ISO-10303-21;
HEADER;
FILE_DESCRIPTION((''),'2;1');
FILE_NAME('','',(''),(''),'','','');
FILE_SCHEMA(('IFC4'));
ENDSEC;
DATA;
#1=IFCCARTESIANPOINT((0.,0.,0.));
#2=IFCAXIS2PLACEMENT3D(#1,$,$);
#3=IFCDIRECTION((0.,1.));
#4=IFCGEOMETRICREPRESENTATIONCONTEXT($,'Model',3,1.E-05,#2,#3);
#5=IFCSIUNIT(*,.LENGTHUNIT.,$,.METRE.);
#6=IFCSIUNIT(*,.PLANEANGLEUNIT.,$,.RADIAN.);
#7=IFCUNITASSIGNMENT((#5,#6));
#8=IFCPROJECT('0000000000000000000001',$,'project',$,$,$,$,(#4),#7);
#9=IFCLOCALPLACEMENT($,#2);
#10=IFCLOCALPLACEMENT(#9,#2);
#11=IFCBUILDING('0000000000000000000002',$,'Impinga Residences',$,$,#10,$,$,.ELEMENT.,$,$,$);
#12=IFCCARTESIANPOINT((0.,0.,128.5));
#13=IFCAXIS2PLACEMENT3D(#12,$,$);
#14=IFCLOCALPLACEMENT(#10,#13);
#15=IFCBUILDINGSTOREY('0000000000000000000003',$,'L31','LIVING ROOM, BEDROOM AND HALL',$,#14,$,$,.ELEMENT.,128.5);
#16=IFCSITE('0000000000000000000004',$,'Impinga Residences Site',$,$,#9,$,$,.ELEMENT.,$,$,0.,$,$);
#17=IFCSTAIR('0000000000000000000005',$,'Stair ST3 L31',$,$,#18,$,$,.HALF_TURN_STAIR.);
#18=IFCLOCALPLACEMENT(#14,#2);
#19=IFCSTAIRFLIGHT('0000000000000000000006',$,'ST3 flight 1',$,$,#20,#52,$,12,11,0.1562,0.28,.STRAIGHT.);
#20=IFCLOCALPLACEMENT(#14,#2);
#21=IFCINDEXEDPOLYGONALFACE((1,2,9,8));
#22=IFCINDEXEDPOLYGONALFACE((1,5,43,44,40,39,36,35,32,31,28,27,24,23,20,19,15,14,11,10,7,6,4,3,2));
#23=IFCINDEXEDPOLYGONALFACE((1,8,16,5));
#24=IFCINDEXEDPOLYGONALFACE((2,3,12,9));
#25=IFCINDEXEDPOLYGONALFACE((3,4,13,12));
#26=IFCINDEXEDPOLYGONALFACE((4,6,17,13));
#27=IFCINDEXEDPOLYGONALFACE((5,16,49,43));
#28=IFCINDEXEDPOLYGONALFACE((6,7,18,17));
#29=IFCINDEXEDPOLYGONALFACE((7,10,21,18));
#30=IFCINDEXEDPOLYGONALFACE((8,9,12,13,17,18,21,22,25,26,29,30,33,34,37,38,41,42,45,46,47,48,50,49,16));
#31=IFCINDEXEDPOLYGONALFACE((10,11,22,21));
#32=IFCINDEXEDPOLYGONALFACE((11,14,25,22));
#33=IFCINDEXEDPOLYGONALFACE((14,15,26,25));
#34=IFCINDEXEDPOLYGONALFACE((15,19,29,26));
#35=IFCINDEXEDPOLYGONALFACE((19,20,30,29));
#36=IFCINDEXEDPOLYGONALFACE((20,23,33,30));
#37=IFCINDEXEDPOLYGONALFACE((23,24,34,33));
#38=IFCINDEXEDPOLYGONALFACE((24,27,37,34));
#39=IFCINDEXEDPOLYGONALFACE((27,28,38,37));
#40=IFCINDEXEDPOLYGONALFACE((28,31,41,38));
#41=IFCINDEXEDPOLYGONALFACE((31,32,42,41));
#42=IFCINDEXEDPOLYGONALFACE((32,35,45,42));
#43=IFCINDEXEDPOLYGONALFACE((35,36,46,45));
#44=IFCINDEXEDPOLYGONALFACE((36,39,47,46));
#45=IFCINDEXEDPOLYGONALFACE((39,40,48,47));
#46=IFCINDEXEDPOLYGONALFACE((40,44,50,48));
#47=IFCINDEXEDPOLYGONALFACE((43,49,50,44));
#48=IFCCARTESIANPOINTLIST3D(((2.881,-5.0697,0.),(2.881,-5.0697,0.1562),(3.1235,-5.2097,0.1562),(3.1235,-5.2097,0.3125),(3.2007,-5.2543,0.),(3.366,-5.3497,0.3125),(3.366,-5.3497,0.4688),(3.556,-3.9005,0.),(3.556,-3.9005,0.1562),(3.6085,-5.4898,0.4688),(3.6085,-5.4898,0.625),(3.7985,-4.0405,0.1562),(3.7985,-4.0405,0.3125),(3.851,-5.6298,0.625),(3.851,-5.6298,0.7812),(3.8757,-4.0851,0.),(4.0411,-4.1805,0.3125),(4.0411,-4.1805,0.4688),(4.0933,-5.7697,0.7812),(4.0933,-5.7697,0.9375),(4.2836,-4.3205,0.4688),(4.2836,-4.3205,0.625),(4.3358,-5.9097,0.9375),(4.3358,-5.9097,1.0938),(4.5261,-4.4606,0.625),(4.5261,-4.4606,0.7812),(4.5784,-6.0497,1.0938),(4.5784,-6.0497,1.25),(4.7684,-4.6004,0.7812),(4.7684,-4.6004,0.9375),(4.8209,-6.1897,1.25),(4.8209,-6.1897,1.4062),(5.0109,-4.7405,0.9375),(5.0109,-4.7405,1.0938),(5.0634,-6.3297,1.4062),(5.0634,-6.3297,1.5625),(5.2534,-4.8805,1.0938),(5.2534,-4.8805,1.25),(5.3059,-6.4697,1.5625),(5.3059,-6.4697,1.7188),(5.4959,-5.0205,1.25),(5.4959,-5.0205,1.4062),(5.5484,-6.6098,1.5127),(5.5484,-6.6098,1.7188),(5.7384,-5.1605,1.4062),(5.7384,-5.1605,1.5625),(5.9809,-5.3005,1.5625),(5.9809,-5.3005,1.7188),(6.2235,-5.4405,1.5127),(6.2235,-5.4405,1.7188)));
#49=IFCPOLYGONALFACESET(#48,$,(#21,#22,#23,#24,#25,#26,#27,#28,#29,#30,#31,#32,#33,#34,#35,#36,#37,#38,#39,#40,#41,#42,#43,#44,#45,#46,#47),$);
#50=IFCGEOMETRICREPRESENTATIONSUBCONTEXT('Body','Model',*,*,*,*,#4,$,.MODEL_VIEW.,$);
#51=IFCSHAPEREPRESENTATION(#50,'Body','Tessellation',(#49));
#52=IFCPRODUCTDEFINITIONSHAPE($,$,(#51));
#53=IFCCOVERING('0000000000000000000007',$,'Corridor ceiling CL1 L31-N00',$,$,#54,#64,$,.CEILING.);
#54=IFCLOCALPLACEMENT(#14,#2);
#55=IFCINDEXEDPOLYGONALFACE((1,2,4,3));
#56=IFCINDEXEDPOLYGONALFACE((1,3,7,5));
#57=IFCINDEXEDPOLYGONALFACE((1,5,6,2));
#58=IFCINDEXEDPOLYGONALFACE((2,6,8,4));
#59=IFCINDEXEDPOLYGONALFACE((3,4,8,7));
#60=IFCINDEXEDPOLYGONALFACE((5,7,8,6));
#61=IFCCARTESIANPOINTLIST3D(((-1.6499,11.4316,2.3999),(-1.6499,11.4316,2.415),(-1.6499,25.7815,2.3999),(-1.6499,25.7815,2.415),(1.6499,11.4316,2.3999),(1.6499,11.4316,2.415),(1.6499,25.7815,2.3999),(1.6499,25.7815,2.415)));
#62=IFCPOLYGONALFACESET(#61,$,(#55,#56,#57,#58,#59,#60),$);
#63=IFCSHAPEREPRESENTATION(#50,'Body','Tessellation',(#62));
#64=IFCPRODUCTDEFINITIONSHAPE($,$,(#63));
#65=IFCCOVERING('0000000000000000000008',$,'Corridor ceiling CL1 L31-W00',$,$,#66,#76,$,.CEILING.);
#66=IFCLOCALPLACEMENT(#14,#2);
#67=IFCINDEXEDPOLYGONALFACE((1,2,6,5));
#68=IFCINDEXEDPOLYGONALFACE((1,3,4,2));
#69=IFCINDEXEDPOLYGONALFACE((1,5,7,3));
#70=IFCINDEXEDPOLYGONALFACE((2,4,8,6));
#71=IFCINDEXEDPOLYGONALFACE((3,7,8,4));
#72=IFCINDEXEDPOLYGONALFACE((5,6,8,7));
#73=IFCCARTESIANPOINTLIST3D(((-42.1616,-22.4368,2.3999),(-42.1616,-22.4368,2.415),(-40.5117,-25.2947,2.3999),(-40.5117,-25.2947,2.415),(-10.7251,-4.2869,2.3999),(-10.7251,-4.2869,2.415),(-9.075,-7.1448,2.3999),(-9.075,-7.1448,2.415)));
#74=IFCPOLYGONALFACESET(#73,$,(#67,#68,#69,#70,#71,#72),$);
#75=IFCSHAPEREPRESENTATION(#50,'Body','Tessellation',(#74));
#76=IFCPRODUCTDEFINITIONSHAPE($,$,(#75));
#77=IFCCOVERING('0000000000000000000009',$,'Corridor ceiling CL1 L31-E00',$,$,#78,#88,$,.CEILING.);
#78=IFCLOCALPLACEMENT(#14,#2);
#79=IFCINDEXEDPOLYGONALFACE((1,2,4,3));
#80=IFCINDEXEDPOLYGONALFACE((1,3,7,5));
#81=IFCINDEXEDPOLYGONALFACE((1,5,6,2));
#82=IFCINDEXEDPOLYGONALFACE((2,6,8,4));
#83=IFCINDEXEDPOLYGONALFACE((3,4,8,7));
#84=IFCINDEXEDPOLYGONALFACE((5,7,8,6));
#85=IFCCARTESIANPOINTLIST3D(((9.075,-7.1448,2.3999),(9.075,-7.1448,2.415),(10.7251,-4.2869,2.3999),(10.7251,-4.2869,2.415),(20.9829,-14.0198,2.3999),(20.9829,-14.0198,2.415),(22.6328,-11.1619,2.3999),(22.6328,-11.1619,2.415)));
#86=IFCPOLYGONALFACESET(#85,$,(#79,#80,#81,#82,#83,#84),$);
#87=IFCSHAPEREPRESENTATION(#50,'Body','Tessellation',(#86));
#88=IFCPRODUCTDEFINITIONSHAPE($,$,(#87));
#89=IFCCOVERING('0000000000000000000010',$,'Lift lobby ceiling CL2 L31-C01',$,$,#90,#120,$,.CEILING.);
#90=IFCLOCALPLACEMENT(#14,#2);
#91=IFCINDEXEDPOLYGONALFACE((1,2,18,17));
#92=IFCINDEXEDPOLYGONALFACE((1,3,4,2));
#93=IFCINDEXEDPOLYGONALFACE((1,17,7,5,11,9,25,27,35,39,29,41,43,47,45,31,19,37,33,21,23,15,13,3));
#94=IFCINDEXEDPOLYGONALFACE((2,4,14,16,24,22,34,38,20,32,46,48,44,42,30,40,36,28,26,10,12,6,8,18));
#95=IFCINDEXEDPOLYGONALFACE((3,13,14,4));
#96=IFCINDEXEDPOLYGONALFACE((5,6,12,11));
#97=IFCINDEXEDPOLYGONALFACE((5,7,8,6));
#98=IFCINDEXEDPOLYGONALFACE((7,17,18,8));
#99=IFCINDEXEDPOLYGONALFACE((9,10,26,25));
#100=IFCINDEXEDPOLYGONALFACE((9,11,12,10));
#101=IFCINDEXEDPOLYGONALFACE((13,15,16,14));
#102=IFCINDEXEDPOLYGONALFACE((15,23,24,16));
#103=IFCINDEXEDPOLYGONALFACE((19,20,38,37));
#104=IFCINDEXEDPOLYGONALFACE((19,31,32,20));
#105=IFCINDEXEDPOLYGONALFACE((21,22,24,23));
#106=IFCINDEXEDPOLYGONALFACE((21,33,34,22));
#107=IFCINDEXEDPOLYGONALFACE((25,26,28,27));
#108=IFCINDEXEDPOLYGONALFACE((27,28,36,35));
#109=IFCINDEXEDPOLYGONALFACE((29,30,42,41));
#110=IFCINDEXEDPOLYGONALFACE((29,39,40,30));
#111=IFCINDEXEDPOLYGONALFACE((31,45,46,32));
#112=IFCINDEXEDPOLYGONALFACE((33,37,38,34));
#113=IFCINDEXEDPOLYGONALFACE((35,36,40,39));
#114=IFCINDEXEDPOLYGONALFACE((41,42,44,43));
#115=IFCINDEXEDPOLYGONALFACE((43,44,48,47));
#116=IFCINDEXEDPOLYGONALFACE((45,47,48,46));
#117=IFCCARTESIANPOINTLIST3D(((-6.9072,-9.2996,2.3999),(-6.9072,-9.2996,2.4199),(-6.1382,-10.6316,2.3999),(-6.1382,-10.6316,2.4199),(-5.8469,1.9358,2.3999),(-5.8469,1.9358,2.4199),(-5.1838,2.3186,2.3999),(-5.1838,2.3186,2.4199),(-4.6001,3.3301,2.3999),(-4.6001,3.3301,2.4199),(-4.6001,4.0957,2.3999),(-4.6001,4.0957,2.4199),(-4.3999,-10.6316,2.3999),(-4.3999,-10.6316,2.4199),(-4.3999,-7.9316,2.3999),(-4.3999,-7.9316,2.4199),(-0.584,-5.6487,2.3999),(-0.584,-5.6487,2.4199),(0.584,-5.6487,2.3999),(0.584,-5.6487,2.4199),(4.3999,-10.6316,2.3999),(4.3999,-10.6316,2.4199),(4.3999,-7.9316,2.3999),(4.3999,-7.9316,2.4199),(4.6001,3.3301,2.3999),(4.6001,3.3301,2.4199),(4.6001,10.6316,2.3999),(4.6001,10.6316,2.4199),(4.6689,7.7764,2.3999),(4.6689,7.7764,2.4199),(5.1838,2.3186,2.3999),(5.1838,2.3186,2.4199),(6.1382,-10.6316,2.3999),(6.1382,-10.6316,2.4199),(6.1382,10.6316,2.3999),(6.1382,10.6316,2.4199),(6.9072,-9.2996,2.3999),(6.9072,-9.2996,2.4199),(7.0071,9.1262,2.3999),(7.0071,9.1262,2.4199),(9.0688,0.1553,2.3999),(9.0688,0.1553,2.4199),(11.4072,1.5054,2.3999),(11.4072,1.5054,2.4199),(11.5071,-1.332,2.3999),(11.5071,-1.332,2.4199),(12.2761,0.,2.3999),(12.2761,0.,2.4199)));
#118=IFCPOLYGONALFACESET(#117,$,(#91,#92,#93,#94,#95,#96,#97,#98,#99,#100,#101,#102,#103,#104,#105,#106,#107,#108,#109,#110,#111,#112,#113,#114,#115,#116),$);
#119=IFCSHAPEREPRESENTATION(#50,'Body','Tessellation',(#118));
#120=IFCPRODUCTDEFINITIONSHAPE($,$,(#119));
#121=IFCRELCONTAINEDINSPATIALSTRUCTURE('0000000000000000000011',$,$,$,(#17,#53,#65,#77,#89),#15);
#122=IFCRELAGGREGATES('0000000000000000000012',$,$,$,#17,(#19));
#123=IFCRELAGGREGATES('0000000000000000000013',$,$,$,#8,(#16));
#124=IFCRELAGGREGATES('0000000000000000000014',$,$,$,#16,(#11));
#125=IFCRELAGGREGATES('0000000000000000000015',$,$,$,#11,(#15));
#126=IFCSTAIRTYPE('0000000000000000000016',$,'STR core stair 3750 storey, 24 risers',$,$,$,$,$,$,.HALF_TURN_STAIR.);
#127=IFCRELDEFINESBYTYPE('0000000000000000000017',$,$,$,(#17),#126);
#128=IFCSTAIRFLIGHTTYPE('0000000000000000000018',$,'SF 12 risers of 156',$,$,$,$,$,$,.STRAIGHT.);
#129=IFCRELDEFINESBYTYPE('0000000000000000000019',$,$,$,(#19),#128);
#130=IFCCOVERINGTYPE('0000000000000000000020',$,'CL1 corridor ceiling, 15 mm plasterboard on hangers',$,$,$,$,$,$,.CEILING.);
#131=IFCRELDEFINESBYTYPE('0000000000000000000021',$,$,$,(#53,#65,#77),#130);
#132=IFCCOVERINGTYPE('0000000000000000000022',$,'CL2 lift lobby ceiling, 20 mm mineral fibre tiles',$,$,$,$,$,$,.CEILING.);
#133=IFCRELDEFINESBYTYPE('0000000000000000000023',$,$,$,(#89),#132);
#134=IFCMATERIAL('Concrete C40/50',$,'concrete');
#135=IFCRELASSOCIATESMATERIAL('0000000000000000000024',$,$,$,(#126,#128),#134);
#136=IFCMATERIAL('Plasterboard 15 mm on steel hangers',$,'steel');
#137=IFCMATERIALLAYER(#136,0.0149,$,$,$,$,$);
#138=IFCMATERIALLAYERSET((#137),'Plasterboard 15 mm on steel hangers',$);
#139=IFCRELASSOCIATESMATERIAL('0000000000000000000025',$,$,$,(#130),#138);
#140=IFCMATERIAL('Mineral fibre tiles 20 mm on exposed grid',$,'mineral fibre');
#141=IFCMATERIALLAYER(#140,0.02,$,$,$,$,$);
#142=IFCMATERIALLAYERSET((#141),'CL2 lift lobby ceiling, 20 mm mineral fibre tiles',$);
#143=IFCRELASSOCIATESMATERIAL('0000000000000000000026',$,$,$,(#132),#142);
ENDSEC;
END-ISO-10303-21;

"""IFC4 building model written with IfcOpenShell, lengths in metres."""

from ifc_helpers import new_model, si_unit, direction, frame, origin, place, context, subcontext, project, spatial, polyline, outline, extrude, material, layer, layer_set, type_object, element, aggregate, save


model = new_model("IFC4")

# Units and contexts
model_context = context("Model", 3, precision=1e-05, world=origin(), true_north=direction((0.0, 1.0)))
body_context = subcontext(model_context, "Body", "Model", "MODEL_VIEW")
ifc_project = project(units=[si_unit("LENGTHUNIT", "METRE"), si_unit("PLANEANGLEUNIT", "RADIAN")], contexts=[model_context])

# Site, building, storey
site_placement = place(None, origin())
site = spatial("IfcSite", under=ifc_project, at=site_placement, Name="Impinga Residences Site", CompositionType="ELEMENT", RefElevation=0.0)
building_placement = place(site_placement, origin())
building = spatial("IfcBuilding", under=site, at=building_placement, Name="Impinga Residences", CompositionType="ELEMENT")
storey_placement = place(building_placement, frame((0.0, 0.0, 128.5)))
storey = spatial("IfcBuildingStorey", under=building, at=storey_placement, Name="L31", Description="LIVING ROOM, BEDROOM AND HALL", CompositionType="ELEMENT", Elevation=128.5)

# Shared definitions
ifc_material_1 = material(Name="Concrete C40/50", Category="concrete")
stair_type_1 = type_object("IfcStairType", Name="STR core stair 3750 storey, 24 risers", PredefinedType="HALF_TURN_STAIR", material=ifc_material_1)

# Stair
stair_1_placement = place(storey_placement, origin())
stair_1 = element("IfcStair", 1, at=stair_1_placement, inside=storey, type_object=stair_type_1, Name="Stair ST3 L31", PredefinedType="HALF_TURN_STAIR")

# Shared definitions
stair_flight_type = type_object("IfcStairFlightType", Name="SF 12 risers of 156", PredefinedType="STRAIGHT", material=ifc_material_1)

# Stair flight
stair_flight_1_placement = place(storey_placement, frame((3.2185, -4.4851, 0.0), z_axis=(0.0, 0.0, 1.0), x_axis=(0.866025, -0.5, 0.0)))
stair_flight_1 = element("IfcStairFlight", 2, at=stair_flight_1_placement, type_object=stair_flight_type, Name="ST3 flight 1", NumberOfRisers=12, NumberOfTreads=11, PredefinedType="STRAIGHT", RiserHeight=0.1562, TreadLength=0.28, context=body_context, shape_type="SweptSolid", body=[
    extrude(outline(polyline([(0.0, 0.0), (0.0, 0.1562), (0.28, 0.1562), (0.28, 0.3125), (0.5601, 0.3125), (0.5601, 0.4688), (0.8401, 0.4688), (0.8401, 0.625), (1.1201, 0.625), (1.1201, 0.7812), (1.3999, 0.7812), (1.3999, 0.9375), (1.6799, 0.9375), (1.6799, 1.0938), (1.96, 1.0938), (1.96, 1.25), (2.24, 1.25), (2.24, 1.4062), (2.52, 1.4062), (2.52, 1.5625), (2.8, 1.5625), (2.8, 1.7188), (3.0801, 1.7188), (3.0801, 1.875), (3.0801, 1.5127), (0.3691, 0.0), (0.0, 0.0)])), frame((0.0, 0.675, 0.0), z_axis=(0.0, -1.0, 0.0), x_axis=(1.0, 0.0, 0.0)), (0.0, 0.0, 1.0), 1.3501),
])
aggregate(stair_1, [stair_flight_1])

# Coverings
ifc_material_2 = material(Name="Plasterboard 15 mm on steel hangers", Category="steel")
ifc_layer_1 = layer(ifc_material_2, 0.0149)
ifc_layer_set_1 = layer_set([ifc_layer_1], Name="Plasterboard 15 mm on steel hangers")
covering_type_1 = type_object("IfcCoveringType", Name="CL1 corridor ceiling, 15 mm plasterboard on hangers", PredefinedType="CEILING", material=ifc_layer_set_1)
covering_1_placement = place(storey_placement, frame((0.0, 0.0, 2.3999)))
element("IfcCovering", 3, at=covering_1_placement, inside=storey, type_object=covering_type_1, Name="Corridor ceiling CL1 L31-N00", PredefinedType="CEILING", context=body_context, shape_type="SweptSolid", body=[
    extrude(outline(polyline([(-1.6499, 11.4316), (1.6499, 11.4316), (1.6499, 25.7815), (-1.6499, 25.7815), (-1.6499, 11.4316)])), origin(), (0.0, 0.0, 1.0), 0.0151),
])
covering_2_placement = place(storey_placement, frame((0.0, 0.0, 2.3999)))
element("IfcCovering", 4, at=covering_2_placement, inside=storey, type_object=covering_type_1, Name="Corridor ceiling CL1 L31-W00", PredefinedType="CEILING", context=body_context, shape_type="SweptSolid", body=[
    extrude(outline(polyline([(-9.075, -7.1448), (-10.7251, -4.2869), (-42.1616, -22.4368), (-40.5117, -25.2947), (-9.075, -7.1448)])), origin(), (0.0, 0.0, 1.0), 0.0151),
])
covering_3_placement = place(storey_placement, frame((0.0, 0.0, 2.3999)))
element("IfcCovering", 5, at=covering_3_placement, inside=storey, type_object=covering_type_1, Name="Corridor ceiling CL1 L31-E00", PredefinedType="CEILING", context=body_context, shape_type="SweptSolid", body=[
    extrude(outline(polyline([(10.7251, -4.2869), (9.075, -7.1448), (20.9829, -14.0198), (22.6328, -11.1619), (10.7251, -4.2869)])), origin(), (0.0, 0.0, 1.0), 0.0151),
])
ifc_material_3 = material(Name="Mineral fibre tiles 20 mm on exposed grid", Category="mineral fibre")
ifc_layer_2 = layer(ifc_material_3, 0.02)
ifc_layer_set_2 = layer_set([ifc_layer_2], Name="CL2 lift lobby ceiling, 20 mm mineral fibre tiles")
covering_type_2 = type_object("IfcCoveringType", Name="CL2 lift lobby ceiling, 20 mm mineral fibre tiles", PredefinedType="CEILING", material=ifc_layer_set_2)
covering_4_placement = place(storey_placement, frame((0.0, 0.0, 2.3999)))
element("IfcCovering", 6, at=covering_4_placement, inside=storey, type_object=covering_type_2, Name="Lift lobby ceiling CL2 L31-C01", PredefinedType="CEILING", context=body_context, shape_type="SweptSolid", body=[
    extrude(outline(polyline([(5.1838, 2.3186), (0.584, -5.6487), (6.9072, -9.2996), (6.1382, -10.6316), (4.3999, -10.6316), (4.3999, -7.9316), (-4.3999, -7.9316), (-4.3999, -10.6316), (-6.1382, -10.6316), (-6.9072, -9.2996), (-0.584, -5.6487), (-5.1838, 2.3186), (-5.8469, 1.9358), (-4.6001, 4.0957), (-4.6001, 3.3301), (4.6001, 3.3301), (4.6001, 10.6316), (6.1382, 10.6316), (7.0071, 9.1262), (4.6689, 7.7764), (9.0688, 0.1553), (11.4072, 1.5054), (12.2761, 0.0), (11.5071, -1.332), (5.1838, 2.3186)])), origin(), (0.0, 0.0, 1.0), 0.02),
])

save(model, "model.ifc")
